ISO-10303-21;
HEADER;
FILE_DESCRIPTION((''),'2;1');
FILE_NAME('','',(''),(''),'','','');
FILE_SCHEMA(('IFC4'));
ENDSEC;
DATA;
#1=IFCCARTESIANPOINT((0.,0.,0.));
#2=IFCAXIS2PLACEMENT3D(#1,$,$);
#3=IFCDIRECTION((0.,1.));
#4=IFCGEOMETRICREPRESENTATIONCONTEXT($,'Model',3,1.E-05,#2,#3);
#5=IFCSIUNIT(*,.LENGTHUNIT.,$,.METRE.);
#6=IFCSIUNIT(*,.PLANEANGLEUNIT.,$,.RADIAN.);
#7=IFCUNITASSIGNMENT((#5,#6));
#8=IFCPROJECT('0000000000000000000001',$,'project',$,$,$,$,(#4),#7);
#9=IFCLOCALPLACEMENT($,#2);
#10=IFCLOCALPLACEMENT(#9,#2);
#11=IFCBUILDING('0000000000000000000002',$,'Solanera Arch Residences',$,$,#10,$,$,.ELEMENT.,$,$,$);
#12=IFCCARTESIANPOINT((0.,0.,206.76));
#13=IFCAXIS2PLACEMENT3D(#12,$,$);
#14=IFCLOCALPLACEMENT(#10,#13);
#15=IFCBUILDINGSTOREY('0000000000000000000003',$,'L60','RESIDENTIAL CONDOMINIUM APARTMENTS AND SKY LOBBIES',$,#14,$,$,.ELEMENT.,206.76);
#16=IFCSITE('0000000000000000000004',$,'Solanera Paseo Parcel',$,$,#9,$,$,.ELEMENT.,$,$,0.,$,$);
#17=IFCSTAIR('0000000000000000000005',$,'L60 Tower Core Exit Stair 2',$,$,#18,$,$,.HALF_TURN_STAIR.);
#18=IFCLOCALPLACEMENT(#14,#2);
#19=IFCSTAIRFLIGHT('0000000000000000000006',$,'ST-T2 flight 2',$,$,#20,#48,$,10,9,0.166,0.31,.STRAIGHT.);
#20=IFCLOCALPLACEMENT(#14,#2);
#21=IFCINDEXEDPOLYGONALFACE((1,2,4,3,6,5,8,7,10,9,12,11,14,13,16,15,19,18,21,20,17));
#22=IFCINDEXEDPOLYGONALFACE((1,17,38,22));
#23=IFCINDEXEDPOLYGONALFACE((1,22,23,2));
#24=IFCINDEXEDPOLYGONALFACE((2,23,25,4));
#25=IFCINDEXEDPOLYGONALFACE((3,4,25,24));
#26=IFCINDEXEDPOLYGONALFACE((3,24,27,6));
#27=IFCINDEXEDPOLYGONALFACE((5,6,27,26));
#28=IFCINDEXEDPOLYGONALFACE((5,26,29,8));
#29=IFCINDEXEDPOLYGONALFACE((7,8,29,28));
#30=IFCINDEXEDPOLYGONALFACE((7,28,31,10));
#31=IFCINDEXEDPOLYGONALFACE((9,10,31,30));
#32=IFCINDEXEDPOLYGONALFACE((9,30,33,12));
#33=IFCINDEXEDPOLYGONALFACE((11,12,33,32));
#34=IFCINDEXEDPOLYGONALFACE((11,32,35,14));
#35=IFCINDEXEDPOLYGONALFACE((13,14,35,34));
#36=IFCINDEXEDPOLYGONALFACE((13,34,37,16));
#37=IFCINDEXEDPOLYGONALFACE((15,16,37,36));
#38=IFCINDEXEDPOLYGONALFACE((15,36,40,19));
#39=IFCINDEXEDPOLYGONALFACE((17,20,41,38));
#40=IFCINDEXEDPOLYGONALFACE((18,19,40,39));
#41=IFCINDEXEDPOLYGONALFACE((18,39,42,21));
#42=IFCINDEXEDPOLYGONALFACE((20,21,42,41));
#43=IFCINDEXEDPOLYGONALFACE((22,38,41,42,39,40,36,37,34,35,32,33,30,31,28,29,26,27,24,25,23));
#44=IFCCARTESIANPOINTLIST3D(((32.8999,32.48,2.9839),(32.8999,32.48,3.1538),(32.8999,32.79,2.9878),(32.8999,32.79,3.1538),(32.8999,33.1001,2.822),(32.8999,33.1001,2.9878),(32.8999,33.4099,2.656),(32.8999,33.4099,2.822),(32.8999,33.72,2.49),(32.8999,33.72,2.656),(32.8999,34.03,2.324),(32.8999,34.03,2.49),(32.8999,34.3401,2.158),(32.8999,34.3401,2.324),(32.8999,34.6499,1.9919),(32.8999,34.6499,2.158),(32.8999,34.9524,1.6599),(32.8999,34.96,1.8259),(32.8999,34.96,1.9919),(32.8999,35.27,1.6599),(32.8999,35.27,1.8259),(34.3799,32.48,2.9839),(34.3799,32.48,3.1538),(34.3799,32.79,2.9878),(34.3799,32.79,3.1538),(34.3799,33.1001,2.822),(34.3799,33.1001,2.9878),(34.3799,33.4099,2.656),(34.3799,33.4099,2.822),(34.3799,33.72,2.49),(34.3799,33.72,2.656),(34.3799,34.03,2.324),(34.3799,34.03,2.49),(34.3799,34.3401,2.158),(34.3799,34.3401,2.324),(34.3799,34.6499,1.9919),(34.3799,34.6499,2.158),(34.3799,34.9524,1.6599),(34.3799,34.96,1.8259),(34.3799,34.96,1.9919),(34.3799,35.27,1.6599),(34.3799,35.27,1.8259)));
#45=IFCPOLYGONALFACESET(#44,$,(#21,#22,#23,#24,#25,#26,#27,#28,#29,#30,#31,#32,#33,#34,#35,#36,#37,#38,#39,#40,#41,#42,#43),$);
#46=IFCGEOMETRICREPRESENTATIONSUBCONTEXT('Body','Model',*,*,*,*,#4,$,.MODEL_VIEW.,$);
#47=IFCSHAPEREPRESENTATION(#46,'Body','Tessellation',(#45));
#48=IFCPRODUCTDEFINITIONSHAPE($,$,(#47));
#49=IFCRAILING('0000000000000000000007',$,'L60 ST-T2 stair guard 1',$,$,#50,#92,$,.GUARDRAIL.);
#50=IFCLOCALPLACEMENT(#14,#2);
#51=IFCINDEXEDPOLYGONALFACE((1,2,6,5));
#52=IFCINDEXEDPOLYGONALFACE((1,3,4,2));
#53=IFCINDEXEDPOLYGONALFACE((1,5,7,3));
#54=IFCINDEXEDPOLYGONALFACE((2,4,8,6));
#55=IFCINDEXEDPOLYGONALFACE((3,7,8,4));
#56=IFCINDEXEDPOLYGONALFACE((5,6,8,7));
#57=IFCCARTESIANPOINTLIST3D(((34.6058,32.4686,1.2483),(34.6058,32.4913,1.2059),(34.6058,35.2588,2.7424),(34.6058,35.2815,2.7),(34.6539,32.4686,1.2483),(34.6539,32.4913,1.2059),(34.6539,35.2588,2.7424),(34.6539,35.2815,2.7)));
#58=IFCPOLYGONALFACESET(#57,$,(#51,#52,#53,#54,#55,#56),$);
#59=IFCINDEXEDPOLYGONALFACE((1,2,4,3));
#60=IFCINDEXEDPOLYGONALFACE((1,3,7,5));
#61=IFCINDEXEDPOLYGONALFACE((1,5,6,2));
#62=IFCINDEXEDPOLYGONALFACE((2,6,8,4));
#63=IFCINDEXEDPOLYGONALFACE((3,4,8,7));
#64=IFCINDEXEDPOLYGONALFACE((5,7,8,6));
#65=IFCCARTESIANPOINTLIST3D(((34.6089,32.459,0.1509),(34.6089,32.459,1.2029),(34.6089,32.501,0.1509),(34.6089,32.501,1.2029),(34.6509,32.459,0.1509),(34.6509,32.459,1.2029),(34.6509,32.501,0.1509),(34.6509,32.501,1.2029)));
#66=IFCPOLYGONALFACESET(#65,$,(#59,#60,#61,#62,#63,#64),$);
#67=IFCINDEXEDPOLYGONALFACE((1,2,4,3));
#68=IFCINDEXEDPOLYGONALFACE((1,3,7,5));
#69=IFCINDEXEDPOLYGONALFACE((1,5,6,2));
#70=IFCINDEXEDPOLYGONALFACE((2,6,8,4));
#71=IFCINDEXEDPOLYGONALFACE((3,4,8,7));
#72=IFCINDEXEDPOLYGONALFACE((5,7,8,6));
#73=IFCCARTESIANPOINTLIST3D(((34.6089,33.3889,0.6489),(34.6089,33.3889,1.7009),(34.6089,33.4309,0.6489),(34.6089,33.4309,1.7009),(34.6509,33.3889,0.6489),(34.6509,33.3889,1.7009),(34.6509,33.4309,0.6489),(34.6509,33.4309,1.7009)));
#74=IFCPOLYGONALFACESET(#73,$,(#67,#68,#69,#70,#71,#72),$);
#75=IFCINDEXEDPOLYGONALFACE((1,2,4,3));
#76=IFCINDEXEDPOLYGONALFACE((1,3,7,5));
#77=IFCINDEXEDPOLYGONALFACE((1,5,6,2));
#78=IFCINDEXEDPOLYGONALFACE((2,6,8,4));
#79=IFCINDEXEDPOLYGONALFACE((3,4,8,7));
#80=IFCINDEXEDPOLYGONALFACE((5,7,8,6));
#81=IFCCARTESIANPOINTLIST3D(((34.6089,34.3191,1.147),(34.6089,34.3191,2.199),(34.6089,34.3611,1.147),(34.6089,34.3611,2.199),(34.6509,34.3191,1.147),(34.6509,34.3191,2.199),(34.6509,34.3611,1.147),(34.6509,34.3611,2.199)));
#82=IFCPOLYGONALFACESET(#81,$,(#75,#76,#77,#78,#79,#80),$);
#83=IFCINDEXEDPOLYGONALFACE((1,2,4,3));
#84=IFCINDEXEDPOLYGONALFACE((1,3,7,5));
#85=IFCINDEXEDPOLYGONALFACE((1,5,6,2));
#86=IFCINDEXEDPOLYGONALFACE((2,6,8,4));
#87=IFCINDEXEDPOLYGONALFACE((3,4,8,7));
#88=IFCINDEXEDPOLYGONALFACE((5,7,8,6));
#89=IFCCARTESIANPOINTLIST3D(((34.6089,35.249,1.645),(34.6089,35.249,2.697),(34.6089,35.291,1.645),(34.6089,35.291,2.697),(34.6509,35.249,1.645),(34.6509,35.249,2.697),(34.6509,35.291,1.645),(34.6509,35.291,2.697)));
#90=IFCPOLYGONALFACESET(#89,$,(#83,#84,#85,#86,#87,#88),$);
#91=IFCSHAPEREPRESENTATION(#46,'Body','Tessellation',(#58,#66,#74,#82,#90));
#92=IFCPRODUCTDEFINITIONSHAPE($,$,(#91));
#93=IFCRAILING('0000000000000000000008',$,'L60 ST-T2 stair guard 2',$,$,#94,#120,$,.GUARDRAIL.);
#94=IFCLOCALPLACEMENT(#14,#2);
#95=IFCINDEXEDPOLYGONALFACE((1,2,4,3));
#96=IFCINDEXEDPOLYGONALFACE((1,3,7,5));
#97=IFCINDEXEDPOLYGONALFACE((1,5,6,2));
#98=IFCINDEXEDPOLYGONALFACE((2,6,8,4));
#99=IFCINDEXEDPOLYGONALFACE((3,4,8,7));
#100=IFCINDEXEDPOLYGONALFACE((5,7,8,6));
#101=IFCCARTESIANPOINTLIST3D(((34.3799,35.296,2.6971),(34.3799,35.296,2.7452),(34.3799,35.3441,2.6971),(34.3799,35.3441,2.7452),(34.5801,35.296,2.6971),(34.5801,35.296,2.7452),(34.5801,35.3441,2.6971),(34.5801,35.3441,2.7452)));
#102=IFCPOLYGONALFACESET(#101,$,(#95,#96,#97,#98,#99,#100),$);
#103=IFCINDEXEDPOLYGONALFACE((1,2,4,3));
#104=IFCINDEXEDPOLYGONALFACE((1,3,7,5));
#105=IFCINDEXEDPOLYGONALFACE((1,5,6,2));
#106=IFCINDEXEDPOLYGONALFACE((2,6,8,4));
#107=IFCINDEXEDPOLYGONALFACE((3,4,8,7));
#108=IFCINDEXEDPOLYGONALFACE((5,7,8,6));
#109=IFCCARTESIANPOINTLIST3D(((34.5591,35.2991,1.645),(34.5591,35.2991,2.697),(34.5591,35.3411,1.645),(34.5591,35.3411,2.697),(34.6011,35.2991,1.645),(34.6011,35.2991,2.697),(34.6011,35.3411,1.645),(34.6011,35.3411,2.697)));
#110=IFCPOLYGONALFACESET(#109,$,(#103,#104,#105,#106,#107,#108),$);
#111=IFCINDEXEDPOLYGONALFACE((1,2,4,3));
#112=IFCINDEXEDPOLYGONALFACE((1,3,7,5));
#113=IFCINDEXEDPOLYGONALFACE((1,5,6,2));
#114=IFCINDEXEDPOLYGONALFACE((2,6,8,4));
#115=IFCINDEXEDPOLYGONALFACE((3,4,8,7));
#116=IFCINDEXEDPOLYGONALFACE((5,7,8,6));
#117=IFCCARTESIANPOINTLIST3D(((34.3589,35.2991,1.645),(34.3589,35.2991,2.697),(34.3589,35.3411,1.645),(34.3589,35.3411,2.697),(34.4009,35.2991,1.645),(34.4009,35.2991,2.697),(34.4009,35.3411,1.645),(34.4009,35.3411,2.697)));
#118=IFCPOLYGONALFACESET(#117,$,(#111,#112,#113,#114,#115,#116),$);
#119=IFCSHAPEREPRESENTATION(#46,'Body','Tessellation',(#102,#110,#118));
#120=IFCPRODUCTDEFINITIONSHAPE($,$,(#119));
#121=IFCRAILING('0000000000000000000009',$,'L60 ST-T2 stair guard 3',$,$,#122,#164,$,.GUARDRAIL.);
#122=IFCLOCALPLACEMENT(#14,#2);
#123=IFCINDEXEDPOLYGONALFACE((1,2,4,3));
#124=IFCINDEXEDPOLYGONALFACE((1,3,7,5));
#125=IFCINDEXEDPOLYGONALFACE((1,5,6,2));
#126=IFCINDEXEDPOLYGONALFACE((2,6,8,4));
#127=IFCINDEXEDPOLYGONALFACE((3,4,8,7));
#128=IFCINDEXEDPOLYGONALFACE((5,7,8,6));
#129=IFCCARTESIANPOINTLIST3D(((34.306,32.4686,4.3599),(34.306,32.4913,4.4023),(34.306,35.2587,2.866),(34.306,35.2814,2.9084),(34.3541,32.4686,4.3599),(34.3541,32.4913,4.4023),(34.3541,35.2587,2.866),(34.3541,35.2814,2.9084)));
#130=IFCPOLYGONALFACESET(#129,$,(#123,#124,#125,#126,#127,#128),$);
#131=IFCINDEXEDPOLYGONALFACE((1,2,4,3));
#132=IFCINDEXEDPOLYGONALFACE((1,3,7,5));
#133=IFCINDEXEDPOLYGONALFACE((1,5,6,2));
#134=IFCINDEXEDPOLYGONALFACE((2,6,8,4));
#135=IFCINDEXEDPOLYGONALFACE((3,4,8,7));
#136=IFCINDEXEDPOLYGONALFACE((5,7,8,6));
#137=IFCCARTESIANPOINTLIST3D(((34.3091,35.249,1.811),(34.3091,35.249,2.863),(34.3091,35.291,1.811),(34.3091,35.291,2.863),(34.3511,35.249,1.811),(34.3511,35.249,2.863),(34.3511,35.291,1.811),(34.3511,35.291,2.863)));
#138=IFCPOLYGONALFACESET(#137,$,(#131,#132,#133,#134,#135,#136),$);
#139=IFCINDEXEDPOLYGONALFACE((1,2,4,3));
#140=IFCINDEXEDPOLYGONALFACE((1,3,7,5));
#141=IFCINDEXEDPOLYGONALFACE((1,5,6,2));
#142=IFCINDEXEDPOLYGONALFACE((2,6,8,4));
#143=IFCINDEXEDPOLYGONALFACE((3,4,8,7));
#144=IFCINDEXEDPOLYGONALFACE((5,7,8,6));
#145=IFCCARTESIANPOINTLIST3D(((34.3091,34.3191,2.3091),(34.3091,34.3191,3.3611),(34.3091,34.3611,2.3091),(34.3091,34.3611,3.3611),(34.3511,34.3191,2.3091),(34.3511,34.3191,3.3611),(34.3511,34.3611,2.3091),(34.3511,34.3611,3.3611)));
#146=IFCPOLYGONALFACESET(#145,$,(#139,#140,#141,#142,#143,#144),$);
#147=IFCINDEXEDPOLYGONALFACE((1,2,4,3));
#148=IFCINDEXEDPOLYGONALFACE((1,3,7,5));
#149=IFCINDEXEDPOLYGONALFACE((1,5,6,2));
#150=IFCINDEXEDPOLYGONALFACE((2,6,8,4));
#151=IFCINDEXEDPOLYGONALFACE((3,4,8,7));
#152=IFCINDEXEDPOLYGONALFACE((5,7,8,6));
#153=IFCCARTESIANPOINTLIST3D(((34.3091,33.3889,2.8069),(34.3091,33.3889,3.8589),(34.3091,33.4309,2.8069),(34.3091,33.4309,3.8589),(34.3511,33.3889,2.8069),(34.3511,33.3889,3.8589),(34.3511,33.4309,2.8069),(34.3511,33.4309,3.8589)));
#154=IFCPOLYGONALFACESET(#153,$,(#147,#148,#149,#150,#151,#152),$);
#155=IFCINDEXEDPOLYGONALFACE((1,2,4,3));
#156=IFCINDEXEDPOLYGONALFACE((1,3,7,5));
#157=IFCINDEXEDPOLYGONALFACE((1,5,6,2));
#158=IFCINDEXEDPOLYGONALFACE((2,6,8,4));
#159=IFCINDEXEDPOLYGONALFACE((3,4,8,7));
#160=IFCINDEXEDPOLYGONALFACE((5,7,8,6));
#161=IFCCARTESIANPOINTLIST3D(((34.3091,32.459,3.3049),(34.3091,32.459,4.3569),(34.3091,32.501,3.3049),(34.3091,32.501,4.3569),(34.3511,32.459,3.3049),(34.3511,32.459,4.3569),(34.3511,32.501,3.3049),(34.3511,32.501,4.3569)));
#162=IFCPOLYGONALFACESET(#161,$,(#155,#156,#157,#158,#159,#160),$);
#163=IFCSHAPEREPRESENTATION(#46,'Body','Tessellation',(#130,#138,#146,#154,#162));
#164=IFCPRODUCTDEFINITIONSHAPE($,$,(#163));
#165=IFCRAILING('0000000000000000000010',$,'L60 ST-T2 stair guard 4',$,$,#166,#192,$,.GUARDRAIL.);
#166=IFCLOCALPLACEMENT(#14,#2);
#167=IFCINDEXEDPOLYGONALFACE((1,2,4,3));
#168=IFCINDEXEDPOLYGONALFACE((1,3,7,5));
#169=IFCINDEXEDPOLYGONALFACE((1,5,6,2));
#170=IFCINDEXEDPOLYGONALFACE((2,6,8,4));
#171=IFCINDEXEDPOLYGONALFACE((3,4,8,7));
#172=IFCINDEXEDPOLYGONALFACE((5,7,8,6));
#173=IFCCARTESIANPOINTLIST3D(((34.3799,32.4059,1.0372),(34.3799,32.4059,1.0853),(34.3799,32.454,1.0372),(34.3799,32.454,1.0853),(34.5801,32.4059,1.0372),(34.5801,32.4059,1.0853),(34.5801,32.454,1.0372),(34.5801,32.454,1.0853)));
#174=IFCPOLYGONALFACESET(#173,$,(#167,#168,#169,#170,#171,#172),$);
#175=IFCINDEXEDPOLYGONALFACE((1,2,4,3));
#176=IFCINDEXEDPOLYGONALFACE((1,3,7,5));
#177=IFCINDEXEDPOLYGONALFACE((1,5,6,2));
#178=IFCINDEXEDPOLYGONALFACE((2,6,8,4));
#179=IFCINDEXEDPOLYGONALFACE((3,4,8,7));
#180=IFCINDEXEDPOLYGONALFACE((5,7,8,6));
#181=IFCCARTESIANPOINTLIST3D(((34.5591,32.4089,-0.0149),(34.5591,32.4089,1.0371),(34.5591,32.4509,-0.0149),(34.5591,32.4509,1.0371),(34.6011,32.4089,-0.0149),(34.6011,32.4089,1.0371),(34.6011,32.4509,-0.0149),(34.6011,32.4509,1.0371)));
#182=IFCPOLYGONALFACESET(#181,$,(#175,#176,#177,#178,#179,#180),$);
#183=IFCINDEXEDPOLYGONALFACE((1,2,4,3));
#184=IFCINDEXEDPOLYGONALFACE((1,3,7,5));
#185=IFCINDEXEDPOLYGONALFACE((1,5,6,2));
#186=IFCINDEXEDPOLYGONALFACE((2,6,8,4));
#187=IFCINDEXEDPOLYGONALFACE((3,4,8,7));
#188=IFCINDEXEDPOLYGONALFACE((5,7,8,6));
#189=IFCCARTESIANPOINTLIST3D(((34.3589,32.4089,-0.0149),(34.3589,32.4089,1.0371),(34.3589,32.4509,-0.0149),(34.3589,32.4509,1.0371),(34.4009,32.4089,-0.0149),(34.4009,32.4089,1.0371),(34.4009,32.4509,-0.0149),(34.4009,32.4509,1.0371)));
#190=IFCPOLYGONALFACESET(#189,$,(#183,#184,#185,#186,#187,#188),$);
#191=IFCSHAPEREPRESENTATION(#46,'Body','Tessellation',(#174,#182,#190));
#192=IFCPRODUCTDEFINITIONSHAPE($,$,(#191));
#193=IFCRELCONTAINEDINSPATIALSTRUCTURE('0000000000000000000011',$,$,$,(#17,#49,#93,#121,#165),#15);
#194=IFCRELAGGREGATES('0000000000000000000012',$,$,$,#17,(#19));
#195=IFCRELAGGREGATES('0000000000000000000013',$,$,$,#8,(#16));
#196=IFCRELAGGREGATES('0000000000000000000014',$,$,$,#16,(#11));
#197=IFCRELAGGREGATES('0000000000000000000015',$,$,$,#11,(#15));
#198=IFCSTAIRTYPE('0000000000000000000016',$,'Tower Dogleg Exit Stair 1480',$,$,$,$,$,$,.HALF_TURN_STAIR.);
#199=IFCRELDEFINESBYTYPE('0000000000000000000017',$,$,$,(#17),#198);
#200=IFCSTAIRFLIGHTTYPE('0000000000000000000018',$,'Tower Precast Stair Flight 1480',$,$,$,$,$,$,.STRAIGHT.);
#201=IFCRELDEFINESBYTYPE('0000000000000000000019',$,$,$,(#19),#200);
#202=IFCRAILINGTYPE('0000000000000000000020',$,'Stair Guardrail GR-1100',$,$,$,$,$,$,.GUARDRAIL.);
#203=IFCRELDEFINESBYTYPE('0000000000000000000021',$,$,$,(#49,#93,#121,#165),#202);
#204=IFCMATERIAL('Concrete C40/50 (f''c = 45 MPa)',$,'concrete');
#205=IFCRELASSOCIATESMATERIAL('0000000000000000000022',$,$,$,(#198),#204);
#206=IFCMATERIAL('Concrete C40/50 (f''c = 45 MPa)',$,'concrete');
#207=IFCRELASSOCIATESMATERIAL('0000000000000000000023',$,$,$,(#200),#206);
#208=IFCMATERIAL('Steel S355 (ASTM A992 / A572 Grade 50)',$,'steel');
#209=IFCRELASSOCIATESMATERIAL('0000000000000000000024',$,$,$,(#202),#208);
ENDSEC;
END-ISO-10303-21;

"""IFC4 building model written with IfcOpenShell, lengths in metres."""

from ifc_helpers import new_model, si_unit, direction, frame, origin, origin_2d, place, context, subcontext, project, spatial, polyline, rectangle, outline, extrude, material, type_object, element, aggregate, save


model = new_model("IFC4")

# Units and contexts
model_context = context("Model", 3, precision=1e-05, world=origin(), true_north=direction((0.0, 1.0)))
body_context = subcontext(model_context, "Body", "Model", "MODEL_VIEW")
ifc_project = project(units=[si_unit("LENGTHUNIT", "METRE"), si_unit("PLANEANGLEUNIT", "RADIAN")], contexts=[model_context])

# Site, building, storey
site_placement = place(None, origin())
site = spatial("IfcSite", under=ifc_project, at=site_placement, Name="Solanera Paseo Parcel", CompositionType="ELEMENT", RefElevation=0.0)
building_placement = place(site_placement, origin())
building = spatial("IfcBuilding", under=site, at=building_placement, Name="Solanera Arch Residences", CompositionType="ELEMENT")
storey_placement = place(building_placement, frame((0.0, 0.0, 206.76)))
storey = spatial("IfcBuildingStorey", under=building, at=storey_placement, Name="L60", Description="RESIDENTIAL CONDOMINIUM APARTMENTS AND SKY LOBBIES", CompositionType="ELEMENT", Elevation=206.76)

# Stair, stair flight
ifc_material_1 = material(Name="Concrete C40/50 (f'c = 45 MPa)", Category="concrete")
stair_type = type_object("IfcStairType", Name="Tower Dogleg Exit Stair 1480", PredefinedType="HALF_TURN_STAIR", material=ifc_material_1)
stair_placement = place(storey_placement, origin())
stair = element("IfcStair", 1, at=stair_placement, inside=storey, type_object=stair_type, Name="L60 Tower Core Exit Stair 2", PredefinedType="HALF_TURN_STAIR")
ifc_material_2 = material(Name="Concrete C40/50 (f'c = 45 MPa)", Category="concrete")
stair_flight_type = type_object("IfcStairFlightType", Name="Tower Precast Stair Flight 1480", PredefinedType="STRAIGHT", material=ifc_material_2)
stair_flight_1_placement = place(storey_placement, frame((33.6399, 35.27, 1.6599), z_axis=(0.0, 0.0, 1.0), x_axis=(0.0, -1.0, 0.0)))
stair_flight_1 = element("IfcStairFlight", 2, at=stair_flight_1_placement, type_object=stair_flight_type, Name="ST-T2 flight 2", NumberOfRisers=10, NumberOfTreads=9, PredefinedType="STRAIGHT", RiserHeight=0.166, TreadLength=0.31, context=body_context, shape_type="SweptSolid", body=[
    extrude(outline(polyline([(0.0, 0.0), (0.0, 0.166), (0.3101, 0.166), (0.3101, 0.332), (0.6201, 0.332), (0.6201, 0.498), (0.9299, 0.498), (0.9299, 0.6641), (1.24, 0.6641), (1.24, 0.8301), (1.55, 0.8301), (1.55, 0.9961), (1.8601, 0.9961), (1.8601, 1.1621), (2.1699, 1.1621), (2.1699, 1.3279), (2.48, 1.3279), (2.48, 1.4939), (2.79, 1.4939), (2.79, 1.6599), (2.79, 1.324), (0.3176, 0.0), (0.0, 0.0)])), frame((0.0, 0.74, 0.0), z_axis=(0.0, -1.0, 0.0), x_axis=(1.0, 0.0, 0.0)), (0.0, 0.0, 1.0), 1.48),
])
aggregate(stair, [stair_flight_1])

# Railings
ifc_material_3 = material(Name="Steel S355 (ASTM A992 / A572 Grade 50)", Category="steel")
railing_type_1 = type_object("IfcRailingType", Name="Stair Guardrail GR-1100", PredefinedType="GUARDRAIL", material=ifc_material_3)
railing_1_placement = place(storey_placement, frame((34.6299, 32.48, 0.1509)))
element("IfcRailing", 3, at=railing_1_placement, inside=storey, type_object=railing_type_1, Name="L60 ST-T2 stair guard 1", PredefinedType="GUARDRAIL", context=body_context, shape_type="SweptSolid", body=[
    extrude(rectangle(XDim=0.0481, YDim=0.0481, at=origin_2d()), frame((0.0, 0.0, 1.0762), z_axis=(0.0, 0.881549, 0.472093), x_axis=(-1.0, 0.0, 0.0)), (0.0, 0.0, 1.0), 3.165),
    extrude(rectangle(XDim=0.042, YDim=0.042, at=origin_2d()), origin(), (0.0, 0.0, 1.0), 1.052),
    extrude(rectangle(XDim=0.042, YDim=0.042, at=origin_2d()), frame((0.0, 0.9299, 0.498)), (0.0, 0.0, 1.0), 1.052),
    extrude(rectangle(XDim=0.042, YDim=0.042, at=origin_2d()), frame((0.0, 1.8601, 0.9961)), (0.0, 0.0, 1.0), 1.052),
    extrude(rectangle(XDim=0.042, YDim=0.042, at=origin_2d()), frame((0.0, 2.79, 1.4941)), (0.0, 0.0, 1.0), 1.052),
])
railing_2_placement = place(storey_placement, frame((34.5801, 35.3201, 1.645)))
element("IfcRailing", 4, at=railing_2_placement, inside=storey, type_object=railing_type_1, Name="L60 ST-T2 stair guard 2", PredefinedType="GUARDRAIL", context=body_context, shape_type="SweptSolid", body=[
    extrude(rectangle(XDim=0.0481, YDim=0.0481, at=origin_2d()), frame((0.0, 0.0, 1.0762), z_axis=(-1.0, 0.0, 0.0), x_axis=(0.0, -1.0, 0.0)), (0.0, 0.0, 1.0), 0.2002),
    extrude(rectangle(XDim=0.042, YDim=0.042, at=origin_2d()), origin(), (0.0, 0.0, 1.0), 1.052),
    extrude(rectangle(XDim=0.042, YDim=0.042, at=origin_2d()), frame((-0.2002, 0.0, 0.0)), (0.0, 0.0, 1.0), 1.052),
])
railing_3_placement = place(storey_placement, frame((34.3301, 35.27, 1.811)))
element("IfcRailing", 5, at=railing_3_placement, inside=storey, type_object=railing_type_1, Name="L60 ST-T2 stair guard 3", PredefinedType="GUARDRAIL", context=body_context, shape_type="SweptSolid", body=[
    extrude(rectangle(XDim=0.0481, YDim=0.0481, at=origin_2d()), frame((0.0, 0.0, 1.0762), z_axis=(0.0, -0.881581, 0.472033), x_axis=(1.0, 0.0, 0.0)), (0.0, 0.0, 1.0), 3.1648),
    extrude(rectangle(XDim=0.042, YDim=0.042, at=origin_2d()), origin(), (0.0, 0.0, 1.0), 1.052),
    extrude(rectangle(XDim=0.042, YDim=0.042, at=origin_2d()), frame((0.0, -0.9299, 0.498)), (0.0, 0.0, 1.0), 1.052),
    extrude(rectangle(XDim=0.042, YDim=0.042, at=origin_2d()), frame((0.0, -1.8601, 0.9958)), (0.0, 0.0, 1.0), 1.052),
    extrude(rectangle(XDim=0.042, YDim=0.042, at=origin_2d()), frame((0.0, -2.79, 1.4939)), (0.0, 0.0, 1.0), 1.052),
])
railing_4_placement = place(storey_placement, frame((34.5801, 32.4299, -0.0149)))
element("IfcRailing", 6, at=railing_4_placement, inside=storey, type_object=railing_type_1, Name="L60 ST-T2 stair guard 4", PredefinedType="GUARDRAIL", context=body_context, shape_type="SweptSolid", body=[
    extrude(rectangle(XDim=0.0481, YDim=0.0481, at=origin_2d()), frame((0.0, 0.0, 1.0762), z_axis=(-1.0, 0.0, 0.0), x_axis=(0.0, -1.0, 0.0)), (0.0, 0.0, 1.0), 0.2002),
    extrude(rectangle(XDim=0.042, YDim=0.042, at=origin_2d()), origin(), (0.0, 0.0, 1.0), 1.052),
    extrude(rectangle(XDim=0.042, YDim=0.042, at=origin_2d()), frame((-0.2002, 0.0, 0.0)), (0.0, 0.0, 1.0), 1.052),
])

save(model, "model.ifc")
